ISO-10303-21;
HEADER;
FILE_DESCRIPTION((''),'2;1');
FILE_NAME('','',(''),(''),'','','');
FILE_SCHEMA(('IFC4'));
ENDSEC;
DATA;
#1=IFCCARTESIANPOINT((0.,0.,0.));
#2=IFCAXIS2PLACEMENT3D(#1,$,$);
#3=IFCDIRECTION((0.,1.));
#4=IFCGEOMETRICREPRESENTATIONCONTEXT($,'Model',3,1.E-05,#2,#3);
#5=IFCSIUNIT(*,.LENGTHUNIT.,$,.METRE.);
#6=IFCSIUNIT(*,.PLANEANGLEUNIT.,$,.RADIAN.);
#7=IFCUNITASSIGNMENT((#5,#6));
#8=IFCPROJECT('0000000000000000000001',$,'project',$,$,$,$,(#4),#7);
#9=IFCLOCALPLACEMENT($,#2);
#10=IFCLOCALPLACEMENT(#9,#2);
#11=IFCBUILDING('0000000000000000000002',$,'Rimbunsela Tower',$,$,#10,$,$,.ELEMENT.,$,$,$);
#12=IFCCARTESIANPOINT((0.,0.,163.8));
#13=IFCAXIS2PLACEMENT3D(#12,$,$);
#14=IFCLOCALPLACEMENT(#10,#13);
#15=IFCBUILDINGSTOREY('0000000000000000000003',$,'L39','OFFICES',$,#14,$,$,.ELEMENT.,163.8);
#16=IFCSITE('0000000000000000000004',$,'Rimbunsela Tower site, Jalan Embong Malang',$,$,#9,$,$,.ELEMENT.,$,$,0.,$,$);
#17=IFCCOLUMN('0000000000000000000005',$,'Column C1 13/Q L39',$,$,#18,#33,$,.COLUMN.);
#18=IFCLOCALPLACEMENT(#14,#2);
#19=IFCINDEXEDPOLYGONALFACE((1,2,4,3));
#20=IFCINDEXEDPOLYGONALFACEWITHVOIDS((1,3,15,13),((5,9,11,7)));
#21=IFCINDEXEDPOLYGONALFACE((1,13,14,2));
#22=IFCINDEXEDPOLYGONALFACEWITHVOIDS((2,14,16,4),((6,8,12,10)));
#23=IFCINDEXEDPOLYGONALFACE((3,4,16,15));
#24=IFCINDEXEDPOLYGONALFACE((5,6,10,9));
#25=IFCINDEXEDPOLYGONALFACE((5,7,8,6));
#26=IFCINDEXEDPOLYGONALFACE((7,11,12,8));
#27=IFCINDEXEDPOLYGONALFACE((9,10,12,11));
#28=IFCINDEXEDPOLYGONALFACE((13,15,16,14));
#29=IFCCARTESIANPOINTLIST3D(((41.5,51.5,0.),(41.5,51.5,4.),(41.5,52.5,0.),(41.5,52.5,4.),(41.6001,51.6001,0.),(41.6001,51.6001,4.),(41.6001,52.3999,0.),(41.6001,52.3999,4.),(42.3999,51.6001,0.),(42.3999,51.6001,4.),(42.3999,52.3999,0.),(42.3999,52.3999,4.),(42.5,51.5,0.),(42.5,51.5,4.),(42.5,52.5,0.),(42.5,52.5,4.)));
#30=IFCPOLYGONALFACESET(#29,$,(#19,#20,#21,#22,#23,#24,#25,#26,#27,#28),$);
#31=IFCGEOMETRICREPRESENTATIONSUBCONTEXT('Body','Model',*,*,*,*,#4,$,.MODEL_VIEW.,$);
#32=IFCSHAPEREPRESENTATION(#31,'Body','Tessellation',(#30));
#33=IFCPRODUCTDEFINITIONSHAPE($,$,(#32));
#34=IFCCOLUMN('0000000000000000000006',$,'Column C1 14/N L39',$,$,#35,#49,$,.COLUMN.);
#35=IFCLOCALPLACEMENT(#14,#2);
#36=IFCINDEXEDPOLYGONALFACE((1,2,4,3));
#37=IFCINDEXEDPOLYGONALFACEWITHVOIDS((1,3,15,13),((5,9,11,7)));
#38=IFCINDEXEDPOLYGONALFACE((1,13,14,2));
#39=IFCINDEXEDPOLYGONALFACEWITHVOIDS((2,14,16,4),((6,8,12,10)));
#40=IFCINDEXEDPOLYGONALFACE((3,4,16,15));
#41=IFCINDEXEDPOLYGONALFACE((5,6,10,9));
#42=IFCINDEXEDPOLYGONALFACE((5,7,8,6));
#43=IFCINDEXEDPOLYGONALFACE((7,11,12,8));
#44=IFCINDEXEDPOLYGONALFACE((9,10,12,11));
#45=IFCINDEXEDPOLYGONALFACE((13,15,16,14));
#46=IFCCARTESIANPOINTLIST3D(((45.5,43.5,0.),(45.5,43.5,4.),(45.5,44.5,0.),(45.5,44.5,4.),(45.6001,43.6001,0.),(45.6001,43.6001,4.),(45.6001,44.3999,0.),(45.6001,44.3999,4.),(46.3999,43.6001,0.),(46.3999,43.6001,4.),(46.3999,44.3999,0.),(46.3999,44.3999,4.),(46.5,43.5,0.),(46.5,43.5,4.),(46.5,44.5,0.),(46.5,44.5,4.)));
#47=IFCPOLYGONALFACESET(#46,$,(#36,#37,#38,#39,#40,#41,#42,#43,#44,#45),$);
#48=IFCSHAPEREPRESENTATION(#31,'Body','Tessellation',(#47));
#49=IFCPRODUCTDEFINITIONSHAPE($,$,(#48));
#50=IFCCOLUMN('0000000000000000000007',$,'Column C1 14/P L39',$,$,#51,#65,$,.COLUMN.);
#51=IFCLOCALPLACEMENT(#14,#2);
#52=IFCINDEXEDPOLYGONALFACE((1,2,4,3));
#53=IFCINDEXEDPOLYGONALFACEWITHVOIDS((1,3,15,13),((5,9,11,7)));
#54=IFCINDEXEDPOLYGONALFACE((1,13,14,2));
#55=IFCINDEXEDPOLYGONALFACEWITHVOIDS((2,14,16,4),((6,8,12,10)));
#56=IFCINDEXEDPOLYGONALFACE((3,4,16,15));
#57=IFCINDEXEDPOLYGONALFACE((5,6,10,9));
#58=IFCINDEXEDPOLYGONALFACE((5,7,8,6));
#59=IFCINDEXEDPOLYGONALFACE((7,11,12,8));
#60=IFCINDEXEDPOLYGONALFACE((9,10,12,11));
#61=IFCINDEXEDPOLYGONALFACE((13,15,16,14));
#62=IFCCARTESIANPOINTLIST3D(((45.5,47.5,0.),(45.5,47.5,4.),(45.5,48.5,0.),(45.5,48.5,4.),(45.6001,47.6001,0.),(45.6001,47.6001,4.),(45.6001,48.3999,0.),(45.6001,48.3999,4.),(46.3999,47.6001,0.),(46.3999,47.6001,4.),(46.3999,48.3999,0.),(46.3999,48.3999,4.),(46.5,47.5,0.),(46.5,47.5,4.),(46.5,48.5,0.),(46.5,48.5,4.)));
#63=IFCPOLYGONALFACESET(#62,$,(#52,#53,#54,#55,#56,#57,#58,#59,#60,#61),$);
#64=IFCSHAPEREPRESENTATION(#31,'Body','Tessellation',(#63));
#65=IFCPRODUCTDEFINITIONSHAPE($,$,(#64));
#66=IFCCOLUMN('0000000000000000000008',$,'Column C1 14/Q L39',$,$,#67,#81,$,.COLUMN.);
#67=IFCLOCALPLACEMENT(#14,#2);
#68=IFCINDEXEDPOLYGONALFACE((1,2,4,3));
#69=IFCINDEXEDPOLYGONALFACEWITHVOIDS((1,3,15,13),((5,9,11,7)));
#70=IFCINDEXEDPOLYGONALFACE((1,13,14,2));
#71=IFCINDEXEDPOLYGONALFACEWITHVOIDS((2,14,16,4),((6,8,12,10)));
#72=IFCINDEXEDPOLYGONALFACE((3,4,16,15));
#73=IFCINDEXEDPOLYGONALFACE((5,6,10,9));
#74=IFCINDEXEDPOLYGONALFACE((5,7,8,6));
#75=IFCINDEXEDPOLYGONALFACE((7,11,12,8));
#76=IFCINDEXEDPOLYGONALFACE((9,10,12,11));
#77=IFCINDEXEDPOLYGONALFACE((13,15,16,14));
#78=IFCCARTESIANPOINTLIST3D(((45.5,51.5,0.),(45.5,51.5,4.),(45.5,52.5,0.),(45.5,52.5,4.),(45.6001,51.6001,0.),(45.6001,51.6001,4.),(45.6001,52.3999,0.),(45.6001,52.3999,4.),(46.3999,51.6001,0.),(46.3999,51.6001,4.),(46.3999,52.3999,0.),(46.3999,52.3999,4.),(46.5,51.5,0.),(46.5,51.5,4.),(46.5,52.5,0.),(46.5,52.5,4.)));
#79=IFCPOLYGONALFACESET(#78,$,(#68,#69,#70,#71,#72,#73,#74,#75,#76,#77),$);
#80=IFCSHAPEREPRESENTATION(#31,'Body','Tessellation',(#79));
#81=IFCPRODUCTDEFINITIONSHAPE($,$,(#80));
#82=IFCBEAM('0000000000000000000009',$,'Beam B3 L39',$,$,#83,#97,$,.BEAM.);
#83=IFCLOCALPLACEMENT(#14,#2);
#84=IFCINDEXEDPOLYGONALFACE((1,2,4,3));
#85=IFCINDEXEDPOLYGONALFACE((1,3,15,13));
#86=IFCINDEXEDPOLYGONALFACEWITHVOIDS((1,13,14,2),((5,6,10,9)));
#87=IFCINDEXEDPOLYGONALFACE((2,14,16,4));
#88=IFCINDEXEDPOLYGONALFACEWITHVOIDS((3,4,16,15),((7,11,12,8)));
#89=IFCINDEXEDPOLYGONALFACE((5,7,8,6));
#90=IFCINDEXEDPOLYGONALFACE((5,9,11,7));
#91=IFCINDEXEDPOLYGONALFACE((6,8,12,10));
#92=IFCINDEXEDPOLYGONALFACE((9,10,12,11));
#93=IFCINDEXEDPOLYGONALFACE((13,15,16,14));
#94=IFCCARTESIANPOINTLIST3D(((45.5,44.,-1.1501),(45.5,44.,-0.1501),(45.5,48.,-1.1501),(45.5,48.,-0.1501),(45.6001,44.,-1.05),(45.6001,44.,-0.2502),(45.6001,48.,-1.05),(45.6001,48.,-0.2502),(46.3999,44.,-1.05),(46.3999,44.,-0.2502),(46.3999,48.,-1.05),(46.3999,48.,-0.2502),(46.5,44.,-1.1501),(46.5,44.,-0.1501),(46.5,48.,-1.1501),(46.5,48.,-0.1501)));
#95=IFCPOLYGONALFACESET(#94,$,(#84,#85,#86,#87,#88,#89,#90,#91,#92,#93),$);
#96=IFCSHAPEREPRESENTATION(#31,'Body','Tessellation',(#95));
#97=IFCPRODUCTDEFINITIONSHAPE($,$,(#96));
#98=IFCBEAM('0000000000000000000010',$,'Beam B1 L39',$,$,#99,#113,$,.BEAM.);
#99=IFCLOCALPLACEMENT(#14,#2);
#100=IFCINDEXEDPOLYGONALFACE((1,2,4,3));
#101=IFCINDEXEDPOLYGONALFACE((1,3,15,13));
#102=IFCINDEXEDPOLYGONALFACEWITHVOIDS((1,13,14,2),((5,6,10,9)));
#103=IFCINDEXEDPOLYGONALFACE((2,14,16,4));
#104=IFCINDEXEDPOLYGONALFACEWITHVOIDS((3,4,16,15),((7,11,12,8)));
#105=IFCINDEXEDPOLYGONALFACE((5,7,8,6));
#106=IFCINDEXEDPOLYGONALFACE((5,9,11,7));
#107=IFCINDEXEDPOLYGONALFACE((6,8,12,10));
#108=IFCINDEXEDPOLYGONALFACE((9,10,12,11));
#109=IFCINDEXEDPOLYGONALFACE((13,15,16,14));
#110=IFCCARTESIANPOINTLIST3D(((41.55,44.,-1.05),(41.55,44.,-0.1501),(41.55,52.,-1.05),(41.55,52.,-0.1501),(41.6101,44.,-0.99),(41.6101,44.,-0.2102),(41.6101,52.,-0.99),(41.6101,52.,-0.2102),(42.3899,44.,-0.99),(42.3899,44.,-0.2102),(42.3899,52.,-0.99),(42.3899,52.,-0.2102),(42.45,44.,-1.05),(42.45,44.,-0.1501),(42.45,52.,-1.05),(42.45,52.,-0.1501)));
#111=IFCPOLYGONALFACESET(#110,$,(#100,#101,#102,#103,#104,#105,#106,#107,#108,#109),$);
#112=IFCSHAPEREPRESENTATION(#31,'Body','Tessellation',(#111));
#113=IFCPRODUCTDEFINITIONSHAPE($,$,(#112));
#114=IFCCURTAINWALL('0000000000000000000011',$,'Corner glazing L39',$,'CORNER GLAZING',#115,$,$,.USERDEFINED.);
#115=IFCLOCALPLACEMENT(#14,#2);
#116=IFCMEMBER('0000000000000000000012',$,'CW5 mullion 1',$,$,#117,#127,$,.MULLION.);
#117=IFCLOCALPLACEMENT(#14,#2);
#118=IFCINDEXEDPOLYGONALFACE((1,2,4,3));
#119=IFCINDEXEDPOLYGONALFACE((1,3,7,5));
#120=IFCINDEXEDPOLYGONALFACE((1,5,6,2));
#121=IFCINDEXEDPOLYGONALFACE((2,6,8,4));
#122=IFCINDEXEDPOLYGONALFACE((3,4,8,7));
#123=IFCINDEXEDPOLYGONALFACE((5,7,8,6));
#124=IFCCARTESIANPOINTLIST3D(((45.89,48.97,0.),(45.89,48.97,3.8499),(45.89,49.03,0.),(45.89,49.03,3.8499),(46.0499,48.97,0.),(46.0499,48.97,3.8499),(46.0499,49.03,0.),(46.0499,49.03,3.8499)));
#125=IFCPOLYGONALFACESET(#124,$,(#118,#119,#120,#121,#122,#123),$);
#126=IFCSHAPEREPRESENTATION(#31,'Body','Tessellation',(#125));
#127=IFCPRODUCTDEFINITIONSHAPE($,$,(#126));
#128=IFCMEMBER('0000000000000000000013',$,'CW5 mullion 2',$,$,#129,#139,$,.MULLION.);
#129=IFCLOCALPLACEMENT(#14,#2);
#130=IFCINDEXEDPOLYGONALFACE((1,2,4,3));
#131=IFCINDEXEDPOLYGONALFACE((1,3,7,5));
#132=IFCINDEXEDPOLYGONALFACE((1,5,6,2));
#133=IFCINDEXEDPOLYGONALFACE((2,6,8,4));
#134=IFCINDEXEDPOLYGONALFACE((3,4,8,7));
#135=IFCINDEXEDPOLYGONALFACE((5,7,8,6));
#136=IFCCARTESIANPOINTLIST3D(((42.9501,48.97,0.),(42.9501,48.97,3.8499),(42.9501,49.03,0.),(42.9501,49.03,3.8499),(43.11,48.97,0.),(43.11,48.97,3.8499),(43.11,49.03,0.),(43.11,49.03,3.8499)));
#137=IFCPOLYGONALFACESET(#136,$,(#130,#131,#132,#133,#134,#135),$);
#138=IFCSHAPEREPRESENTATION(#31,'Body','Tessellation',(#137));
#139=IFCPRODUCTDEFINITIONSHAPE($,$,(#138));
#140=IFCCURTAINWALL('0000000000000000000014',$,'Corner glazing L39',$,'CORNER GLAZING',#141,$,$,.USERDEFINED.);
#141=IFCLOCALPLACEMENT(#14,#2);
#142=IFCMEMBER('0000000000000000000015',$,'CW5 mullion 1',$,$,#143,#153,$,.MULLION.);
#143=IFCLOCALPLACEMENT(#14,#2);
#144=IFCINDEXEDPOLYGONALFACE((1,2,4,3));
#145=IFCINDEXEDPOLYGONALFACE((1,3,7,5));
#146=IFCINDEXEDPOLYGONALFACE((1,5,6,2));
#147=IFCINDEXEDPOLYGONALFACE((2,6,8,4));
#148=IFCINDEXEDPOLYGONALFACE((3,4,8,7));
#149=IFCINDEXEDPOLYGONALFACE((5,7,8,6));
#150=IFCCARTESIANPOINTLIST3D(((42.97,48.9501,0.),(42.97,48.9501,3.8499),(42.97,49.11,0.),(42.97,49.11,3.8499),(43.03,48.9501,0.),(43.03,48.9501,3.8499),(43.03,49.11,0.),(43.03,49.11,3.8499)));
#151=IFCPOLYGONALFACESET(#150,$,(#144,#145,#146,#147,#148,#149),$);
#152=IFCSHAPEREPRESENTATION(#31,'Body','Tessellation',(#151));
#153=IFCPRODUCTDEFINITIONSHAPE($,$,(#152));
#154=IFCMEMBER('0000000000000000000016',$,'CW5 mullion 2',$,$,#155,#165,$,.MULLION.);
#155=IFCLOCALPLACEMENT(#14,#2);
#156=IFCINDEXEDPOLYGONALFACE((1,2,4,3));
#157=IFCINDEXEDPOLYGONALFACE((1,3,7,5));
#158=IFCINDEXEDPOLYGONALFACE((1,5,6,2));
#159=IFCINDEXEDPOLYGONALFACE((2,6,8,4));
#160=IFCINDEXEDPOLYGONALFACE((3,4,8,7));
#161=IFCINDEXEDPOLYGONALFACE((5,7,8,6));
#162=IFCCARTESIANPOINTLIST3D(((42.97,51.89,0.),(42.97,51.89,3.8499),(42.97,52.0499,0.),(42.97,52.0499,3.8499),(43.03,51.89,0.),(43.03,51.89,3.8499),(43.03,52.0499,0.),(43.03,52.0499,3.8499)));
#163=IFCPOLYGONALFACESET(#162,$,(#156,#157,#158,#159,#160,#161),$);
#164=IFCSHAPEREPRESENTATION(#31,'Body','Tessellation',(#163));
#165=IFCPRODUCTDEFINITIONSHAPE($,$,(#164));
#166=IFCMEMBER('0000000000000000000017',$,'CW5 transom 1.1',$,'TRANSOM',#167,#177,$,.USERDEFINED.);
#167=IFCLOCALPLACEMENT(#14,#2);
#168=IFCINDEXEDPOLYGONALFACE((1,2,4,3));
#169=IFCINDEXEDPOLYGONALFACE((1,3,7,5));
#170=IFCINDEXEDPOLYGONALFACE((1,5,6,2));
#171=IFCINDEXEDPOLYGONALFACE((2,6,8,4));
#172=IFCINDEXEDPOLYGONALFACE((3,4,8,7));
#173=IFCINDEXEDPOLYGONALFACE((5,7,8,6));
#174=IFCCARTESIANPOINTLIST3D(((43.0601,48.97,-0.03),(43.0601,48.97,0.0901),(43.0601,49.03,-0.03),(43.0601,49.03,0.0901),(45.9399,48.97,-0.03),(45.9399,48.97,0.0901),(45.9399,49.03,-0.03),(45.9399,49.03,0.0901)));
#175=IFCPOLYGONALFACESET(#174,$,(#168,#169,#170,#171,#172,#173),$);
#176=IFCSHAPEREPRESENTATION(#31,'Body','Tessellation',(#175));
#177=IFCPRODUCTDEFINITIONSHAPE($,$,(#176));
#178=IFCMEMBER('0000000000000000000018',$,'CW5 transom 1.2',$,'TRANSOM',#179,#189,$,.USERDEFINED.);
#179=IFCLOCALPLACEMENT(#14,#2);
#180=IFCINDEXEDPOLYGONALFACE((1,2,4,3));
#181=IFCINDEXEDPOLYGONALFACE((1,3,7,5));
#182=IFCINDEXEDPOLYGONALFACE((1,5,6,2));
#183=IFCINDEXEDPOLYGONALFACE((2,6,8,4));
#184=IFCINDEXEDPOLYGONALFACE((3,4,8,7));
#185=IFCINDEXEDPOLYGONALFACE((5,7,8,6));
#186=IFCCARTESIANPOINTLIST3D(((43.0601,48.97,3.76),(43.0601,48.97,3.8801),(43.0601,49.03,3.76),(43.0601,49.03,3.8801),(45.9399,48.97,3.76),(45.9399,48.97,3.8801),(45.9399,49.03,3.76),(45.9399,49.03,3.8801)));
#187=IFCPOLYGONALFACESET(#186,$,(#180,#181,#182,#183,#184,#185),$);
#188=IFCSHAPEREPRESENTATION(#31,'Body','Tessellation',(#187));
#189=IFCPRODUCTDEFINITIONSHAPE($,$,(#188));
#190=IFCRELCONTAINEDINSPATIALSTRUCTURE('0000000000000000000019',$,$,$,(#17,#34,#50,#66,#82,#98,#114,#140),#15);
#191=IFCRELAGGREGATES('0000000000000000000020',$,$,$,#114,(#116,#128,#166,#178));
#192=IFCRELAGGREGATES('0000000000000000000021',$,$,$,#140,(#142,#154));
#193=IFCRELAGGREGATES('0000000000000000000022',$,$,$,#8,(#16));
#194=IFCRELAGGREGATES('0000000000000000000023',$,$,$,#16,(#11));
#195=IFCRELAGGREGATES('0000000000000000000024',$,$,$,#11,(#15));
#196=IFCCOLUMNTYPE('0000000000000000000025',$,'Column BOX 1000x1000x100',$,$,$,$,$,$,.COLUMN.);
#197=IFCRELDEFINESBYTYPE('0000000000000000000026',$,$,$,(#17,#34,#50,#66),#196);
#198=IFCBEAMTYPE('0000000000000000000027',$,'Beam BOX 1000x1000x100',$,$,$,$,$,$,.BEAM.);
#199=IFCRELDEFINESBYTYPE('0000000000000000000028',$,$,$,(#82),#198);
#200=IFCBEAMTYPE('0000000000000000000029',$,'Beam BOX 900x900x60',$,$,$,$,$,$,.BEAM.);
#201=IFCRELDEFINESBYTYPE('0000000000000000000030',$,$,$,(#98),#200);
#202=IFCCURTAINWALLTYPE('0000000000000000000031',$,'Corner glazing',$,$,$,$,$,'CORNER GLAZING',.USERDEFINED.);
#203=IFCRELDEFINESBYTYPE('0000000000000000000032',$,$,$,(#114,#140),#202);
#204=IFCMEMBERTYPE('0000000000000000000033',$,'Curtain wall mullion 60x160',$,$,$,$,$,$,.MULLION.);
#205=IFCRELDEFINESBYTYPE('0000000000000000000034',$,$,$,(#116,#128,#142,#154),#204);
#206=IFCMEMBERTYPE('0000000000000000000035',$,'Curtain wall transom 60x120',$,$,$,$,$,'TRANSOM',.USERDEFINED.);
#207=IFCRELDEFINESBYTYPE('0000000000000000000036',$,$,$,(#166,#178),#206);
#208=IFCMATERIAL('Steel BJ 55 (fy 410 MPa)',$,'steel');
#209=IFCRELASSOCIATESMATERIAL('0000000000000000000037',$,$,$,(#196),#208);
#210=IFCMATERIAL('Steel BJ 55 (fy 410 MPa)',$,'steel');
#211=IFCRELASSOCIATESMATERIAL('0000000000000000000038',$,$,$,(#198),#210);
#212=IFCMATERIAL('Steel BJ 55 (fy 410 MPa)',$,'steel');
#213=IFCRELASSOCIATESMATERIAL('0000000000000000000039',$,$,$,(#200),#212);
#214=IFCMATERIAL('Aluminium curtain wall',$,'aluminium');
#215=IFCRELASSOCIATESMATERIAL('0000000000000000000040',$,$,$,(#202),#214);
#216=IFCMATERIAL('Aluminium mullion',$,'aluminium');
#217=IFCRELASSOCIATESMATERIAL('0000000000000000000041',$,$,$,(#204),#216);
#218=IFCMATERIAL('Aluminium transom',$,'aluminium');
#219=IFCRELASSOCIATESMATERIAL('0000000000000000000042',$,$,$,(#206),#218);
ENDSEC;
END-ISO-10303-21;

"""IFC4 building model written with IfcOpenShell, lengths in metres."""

from ifc_helpers import new_model, si_unit, direction, frame, origin, origin_2d, place, context, subcontext, project, spatial, rectangle, hollow_rectangle, extrude, material, material_profile, profile_set, type_object, element, aggregate, save


model = new_model("IFC4")

# Units and contexts
model_context = context("Model", 3, precision=1e-05, world=origin(), true_north=direction((0.0, 1.0)))
body_context = subcontext(model_context, "Body", "Model", "MODEL_VIEW")
ifc_project = project(units=[si_unit("LENGTHUNIT", "METRE"), si_unit("PLANEANGLEUNIT", "RADIAN")], contexts=[model_context])

# Site, building, storey
site_placement = place(None, origin())
site = spatial("IfcSite", under=ifc_project, at=site_placement, Name="Rimbunsela Tower site, Jalan Embong Malang", CompositionType="ELEMENT", RefElevation=0.0)
building_placement = place(site_placement, origin())
building = spatial("IfcBuilding", under=site, at=building_placement, Name="Rimbunsela Tower", CompositionType="ELEMENT")
storey_placement = place(building_placement, frame((0.0, 0.0, 163.8)))
storey = spatial("IfcBuildingStorey", under=building, at=storey_placement, Name="L39", Description="OFFICES", CompositionType="ELEMENT", Elevation=163.8)

# Columns
ifc_material_1 = material(Name="Steel BJ 55 (fy 410 MPa)", Category="steel")
ifc_material_profile_1 = material_profile(ifc_material_1, hollow_rectangle(XDim=1.0, YDim=1.0, WallThickness=0.1001, at=origin_2d()), Name="BOX 1000x1000x100")
ifc_profile_set_1 = profile_set([ifc_material_profile_1], Name="Steel BJ 55 (fy 410 MPa)")
column_type = type_object("IfcColumnType", Name="Column BOX 1000x1000x100", PredefinedType="COLUMN", material=ifc_profile_set_1)
for number, where, z_axis, x_axis, name in (
    (1, (42.0, 52.0, 0.0), (0.0, 0.0, 1.0), (1.0, 0.0, 0.0), "Column C1 13/Q L39"),
    (2, (46.0, 44.0, 0.0), (0.0, 0.0, 1.0), (1.0, 0.0, 0.0), "Column C1 14/N L39"),
    (3, (46.0, 48.0, 0.0), (0.0, 0.0, 1.0), (1.0, 0.0, 0.0), "Column C1 14/P L39"),
    (4, (46.0, 52.0, 0.0), (0.0, 0.0, 1.0), (1.0, 0.0, 0.0), "Column C1 14/Q L39"),
):
    element("IfcColumn", number, at=place(storey_placement, frame(where, z_axis=z_axis, x_axis=x_axis)), inside=storey, type_object=column_type, Name=name, PredefinedType="COLUMN", context=body_context, shape_type="SweptSolid", body=[
        extrude(hollow_rectangle(XDim=1.0, YDim=1.0, WallThickness=0.1001, at=origin_2d()), origin(), (0.0, 0.0, 1.0), 4.0),
    ])

# Beams
ifc_material_2 = material(Name="Steel BJ 55 (fy 410 MPa)", Category="steel")
ifc_material_profile_2 = material_profile(ifc_material_2, hollow_rectangle(XDim=1.0, YDim=1.0, WallThickness=0.1001, at=origin_2d()), Name="BOX 1000x1000x100")
ifc_profile_set_2 = profile_set([ifc_material_profile_2], Name="Steel BJ 55 (fy 410 MPa)")
beam_type_1 = type_object("IfcBeamType", Name="Beam BOX 1000x1000x100", PredefinedType="BEAM", material=ifc_profile_set_2)
beam_1_placement = place(storey_placement, frame((46.0, 44.0, -0.6501), z_axis=(0.0, 1.0, 0.0), x_axis=(-1.0, 0.0, 0.0)))
element("IfcBeam", 5, at=beam_1_placement, inside=storey, type_object=beam_type_1, Name="Beam B3 L39", PredefinedType="BEAM", context=body_context, shape_type="SweptSolid", body=[
    extrude(hollow_rectangle(XDim=1.0, YDim=1.0, WallThickness=0.1001, at=origin_2d()), origin(), (0.0, 0.0, 1.0), 4.0),
])
ifc_material_3 = material(Name="Steel BJ 55 (fy 410 MPa)", Category="steel")
ifc_material_profile_3 = material_profile(ifc_material_3, hollow_rectangle(XDim=0.8999, YDim=0.8999, WallThickness=0.0601, at=origin_2d()), Name="BOX 900x900x60")
ifc_profile_set_3 = profile_set([ifc_material_profile_3], Name="Steel BJ 55 (fy 410 MPa)")
beam_type_2 = type_object("IfcBeamType", Name="Beam BOX 900x900x60", PredefinedType="BEAM", material=ifc_profile_set_3)
beam_2_placement = place(storey_placement, frame((42.0, 44.0, -0.6001), z_axis=(0.0, 1.0, 0.0), x_axis=(-1.0, 0.0, 0.0)))
element("IfcBeam", 6, at=beam_2_placement, inside=storey, type_object=beam_type_2, Name="Beam B1 L39", PredefinedType="BEAM", context=body_context, shape_type="SweptSolid", body=[
    extrude(hollow_rectangle(XDim=0.8999, YDim=0.8999, WallThickness=0.0601, at=origin_2d()), origin(), (0.0, 0.0, 1.0), 8.0),
])

# Curtain walls, members
ifc_material_4 = material(Name="Aluminium curtain wall", Category="aluminium")
curtain_wall_type = type_object("IfcCurtainWallType", Name="Corner glazing", ElementType="CORNER GLAZING", PredefinedType="USERDEFINED", material=ifc_material_4)
curtain_wall_1_placement = place(storey_placement, origin())
curtain_wall_1 = element("IfcCurtainWall", 7, at=curtain_wall_1_placement, inside=storey, type_object=curtain_wall_type, Name="Corner glazing L39", ObjectType="CORNER GLAZING", PredefinedType="USERDEFINED")
ifc_material_5 = material(Name="Aluminium mullion", Category="aluminium")
ifc_material_profile_4 = material_profile(ifc_material_5, rectangle(XDim=0.0601, YDim=0.1599, at=origin_2d()), Name="Mullion 60x160")
ifc_profile_set_4 = profile_set([ifc_material_profile_4], Name="Aluminium mullion")
member_type_1 = type_object("IfcMemberType", Name="Curtain wall mullion 60x160", PredefinedType="MULLION", material=ifc_profile_set_4)
member_1_placement = place(storey_placement, frame((45.97, 49.0, 0.0), z_axis=(0.0, 0.0, 1.0), x_axis=(0.0, -1.0, 0.0)))
member_1 = element("IfcMember", 8, at=member_1_placement, type_object=member_type_1, Name="CW5 mullion 1", PredefinedType="MULLION", context=body_context, shape_type="SweptSolid", body=[
    extrude(rectangle(XDim=0.0601, YDim=0.1599, at=origin_2d()), origin(), (0.0, 0.0, 1.0), 3.8499),
])
member_2_placement = place(storey_placement, frame((43.03, 49.0, 0.0), z_axis=(0.0, 0.0, 1.0), x_axis=(0.0, -1.0, 0.0)))
member_2 = element("IfcMember", 9, at=member_2_placement, type_object=member_type_1, Name="CW5 mullion 2", PredefinedType="MULLION", context=body_context, shape_type="SweptSolid", body=[
    extrude(rectangle(XDim=0.0601, YDim=0.1599, at=origin_2d()), origin(), (0.0, 0.0, 1.0), 3.8499),
])
curtain_wall_2_placement = place(storey_placement, origin())
curtain_wall_2 = element("IfcCurtainWall", 10, at=curtain_wall_2_placement, inside=storey, type_object=curtain_wall_type, Name="Corner glazing L39", ObjectType="CORNER GLAZING", PredefinedType="USERDEFINED")
member_3_placement = place(storey_placement, frame((43.0, 49.03, 0.0), z_axis=(0.0, 0.0, 1.0), x_axis=(-1.0, 0.0, 0.0)))
member_3 = element("IfcMember", 11, at=member_3_placement, type_object=member_type_1, Name="CW5 mullion 1", PredefinedType="MULLION", context=body_context, shape_type="SweptSolid", body=[
    extrude(rectangle(XDim=0.0601, YDim=0.1599, at=origin_2d()), origin(), (0.0, 0.0, 1.0), 3.8499),
])
member_4_placement = place(storey_placement, frame((43.0, 51.97, 0.0), z_axis=(0.0, 0.0, 1.0), x_axis=(-1.0, 0.0, 0.0)))
member_4 = element("IfcMember", 12, at=member_4_placement, type_object=member_type_1, Name="CW5 mullion 2", PredefinedType="MULLION", context=body_context, shape_type="SweptSolid", body=[
    extrude(rectangle(XDim=0.0601, YDim=0.1599, at=origin_2d()), origin(), (0.0, 0.0, 1.0), 3.8499),
])

# Members
ifc_material_6 = material(Name="Aluminium transom", Category="aluminium")
ifc_material_profile_5 = material_profile(ifc_material_6, rectangle(XDim=0.0601, YDim=0.1201, at=origin_2d()), Name="Transom 60x120")
ifc_profile_set_5 = profile_set([ifc_material_profile_5], Name="Aluminium transom")
member_type_2 = type_object("IfcMemberType", Name="Curtain wall transom 60x120", ElementType="TRANSOM", PredefinedType="USERDEFINED", material=ifc_profile_set_5)
member_5_placement = place(storey_placement, frame((45.9399, 49.0, 0.03), z_axis=(-1.0, 0.0, 0.0), x_axis=(0.0, -1.0, 0.0)))
member_5 = element("IfcMember", 13, at=member_5_placement, type_object=member_type_2, Name="CW5 transom 1.1", ObjectType="TRANSOM", PredefinedType="USERDEFINED", context=body_context, shape_type="SweptSolid", body=[
    extrude(rectangle(XDim=0.0601, YDim=0.1201, at=origin_2d()), origin(), (0.0, 0.0, 1.0), 2.8799),
])
member_6_placement = place(storey_placement, frame((45.9399, 49.0, 3.8201), z_axis=(-1.0, 0.0, 0.0), x_axis=(0.0, -1.0, 0.0)))
member_6 = element("IfcMember", 14, at=member_6_placement, type_object=member_type_2, Name="CW5 transom 1.2", ObjectType="TRANSOM", PredefinedType="USERDEFINED", context=body_context, shape_type="SweptSolid", body=[
    extrude(rectangle(XDim=0.0601, YDim=0.1201, at=origin_2d()), origin(), (0.0, 0.0, 1.0), 2.8799),
])

aggregate(curtain_wall_1, [member_1, member_2, member_5, member_6])
aggregate(curtain_wall_2, [member_3, member_4])

save(model, "model.ifc")
